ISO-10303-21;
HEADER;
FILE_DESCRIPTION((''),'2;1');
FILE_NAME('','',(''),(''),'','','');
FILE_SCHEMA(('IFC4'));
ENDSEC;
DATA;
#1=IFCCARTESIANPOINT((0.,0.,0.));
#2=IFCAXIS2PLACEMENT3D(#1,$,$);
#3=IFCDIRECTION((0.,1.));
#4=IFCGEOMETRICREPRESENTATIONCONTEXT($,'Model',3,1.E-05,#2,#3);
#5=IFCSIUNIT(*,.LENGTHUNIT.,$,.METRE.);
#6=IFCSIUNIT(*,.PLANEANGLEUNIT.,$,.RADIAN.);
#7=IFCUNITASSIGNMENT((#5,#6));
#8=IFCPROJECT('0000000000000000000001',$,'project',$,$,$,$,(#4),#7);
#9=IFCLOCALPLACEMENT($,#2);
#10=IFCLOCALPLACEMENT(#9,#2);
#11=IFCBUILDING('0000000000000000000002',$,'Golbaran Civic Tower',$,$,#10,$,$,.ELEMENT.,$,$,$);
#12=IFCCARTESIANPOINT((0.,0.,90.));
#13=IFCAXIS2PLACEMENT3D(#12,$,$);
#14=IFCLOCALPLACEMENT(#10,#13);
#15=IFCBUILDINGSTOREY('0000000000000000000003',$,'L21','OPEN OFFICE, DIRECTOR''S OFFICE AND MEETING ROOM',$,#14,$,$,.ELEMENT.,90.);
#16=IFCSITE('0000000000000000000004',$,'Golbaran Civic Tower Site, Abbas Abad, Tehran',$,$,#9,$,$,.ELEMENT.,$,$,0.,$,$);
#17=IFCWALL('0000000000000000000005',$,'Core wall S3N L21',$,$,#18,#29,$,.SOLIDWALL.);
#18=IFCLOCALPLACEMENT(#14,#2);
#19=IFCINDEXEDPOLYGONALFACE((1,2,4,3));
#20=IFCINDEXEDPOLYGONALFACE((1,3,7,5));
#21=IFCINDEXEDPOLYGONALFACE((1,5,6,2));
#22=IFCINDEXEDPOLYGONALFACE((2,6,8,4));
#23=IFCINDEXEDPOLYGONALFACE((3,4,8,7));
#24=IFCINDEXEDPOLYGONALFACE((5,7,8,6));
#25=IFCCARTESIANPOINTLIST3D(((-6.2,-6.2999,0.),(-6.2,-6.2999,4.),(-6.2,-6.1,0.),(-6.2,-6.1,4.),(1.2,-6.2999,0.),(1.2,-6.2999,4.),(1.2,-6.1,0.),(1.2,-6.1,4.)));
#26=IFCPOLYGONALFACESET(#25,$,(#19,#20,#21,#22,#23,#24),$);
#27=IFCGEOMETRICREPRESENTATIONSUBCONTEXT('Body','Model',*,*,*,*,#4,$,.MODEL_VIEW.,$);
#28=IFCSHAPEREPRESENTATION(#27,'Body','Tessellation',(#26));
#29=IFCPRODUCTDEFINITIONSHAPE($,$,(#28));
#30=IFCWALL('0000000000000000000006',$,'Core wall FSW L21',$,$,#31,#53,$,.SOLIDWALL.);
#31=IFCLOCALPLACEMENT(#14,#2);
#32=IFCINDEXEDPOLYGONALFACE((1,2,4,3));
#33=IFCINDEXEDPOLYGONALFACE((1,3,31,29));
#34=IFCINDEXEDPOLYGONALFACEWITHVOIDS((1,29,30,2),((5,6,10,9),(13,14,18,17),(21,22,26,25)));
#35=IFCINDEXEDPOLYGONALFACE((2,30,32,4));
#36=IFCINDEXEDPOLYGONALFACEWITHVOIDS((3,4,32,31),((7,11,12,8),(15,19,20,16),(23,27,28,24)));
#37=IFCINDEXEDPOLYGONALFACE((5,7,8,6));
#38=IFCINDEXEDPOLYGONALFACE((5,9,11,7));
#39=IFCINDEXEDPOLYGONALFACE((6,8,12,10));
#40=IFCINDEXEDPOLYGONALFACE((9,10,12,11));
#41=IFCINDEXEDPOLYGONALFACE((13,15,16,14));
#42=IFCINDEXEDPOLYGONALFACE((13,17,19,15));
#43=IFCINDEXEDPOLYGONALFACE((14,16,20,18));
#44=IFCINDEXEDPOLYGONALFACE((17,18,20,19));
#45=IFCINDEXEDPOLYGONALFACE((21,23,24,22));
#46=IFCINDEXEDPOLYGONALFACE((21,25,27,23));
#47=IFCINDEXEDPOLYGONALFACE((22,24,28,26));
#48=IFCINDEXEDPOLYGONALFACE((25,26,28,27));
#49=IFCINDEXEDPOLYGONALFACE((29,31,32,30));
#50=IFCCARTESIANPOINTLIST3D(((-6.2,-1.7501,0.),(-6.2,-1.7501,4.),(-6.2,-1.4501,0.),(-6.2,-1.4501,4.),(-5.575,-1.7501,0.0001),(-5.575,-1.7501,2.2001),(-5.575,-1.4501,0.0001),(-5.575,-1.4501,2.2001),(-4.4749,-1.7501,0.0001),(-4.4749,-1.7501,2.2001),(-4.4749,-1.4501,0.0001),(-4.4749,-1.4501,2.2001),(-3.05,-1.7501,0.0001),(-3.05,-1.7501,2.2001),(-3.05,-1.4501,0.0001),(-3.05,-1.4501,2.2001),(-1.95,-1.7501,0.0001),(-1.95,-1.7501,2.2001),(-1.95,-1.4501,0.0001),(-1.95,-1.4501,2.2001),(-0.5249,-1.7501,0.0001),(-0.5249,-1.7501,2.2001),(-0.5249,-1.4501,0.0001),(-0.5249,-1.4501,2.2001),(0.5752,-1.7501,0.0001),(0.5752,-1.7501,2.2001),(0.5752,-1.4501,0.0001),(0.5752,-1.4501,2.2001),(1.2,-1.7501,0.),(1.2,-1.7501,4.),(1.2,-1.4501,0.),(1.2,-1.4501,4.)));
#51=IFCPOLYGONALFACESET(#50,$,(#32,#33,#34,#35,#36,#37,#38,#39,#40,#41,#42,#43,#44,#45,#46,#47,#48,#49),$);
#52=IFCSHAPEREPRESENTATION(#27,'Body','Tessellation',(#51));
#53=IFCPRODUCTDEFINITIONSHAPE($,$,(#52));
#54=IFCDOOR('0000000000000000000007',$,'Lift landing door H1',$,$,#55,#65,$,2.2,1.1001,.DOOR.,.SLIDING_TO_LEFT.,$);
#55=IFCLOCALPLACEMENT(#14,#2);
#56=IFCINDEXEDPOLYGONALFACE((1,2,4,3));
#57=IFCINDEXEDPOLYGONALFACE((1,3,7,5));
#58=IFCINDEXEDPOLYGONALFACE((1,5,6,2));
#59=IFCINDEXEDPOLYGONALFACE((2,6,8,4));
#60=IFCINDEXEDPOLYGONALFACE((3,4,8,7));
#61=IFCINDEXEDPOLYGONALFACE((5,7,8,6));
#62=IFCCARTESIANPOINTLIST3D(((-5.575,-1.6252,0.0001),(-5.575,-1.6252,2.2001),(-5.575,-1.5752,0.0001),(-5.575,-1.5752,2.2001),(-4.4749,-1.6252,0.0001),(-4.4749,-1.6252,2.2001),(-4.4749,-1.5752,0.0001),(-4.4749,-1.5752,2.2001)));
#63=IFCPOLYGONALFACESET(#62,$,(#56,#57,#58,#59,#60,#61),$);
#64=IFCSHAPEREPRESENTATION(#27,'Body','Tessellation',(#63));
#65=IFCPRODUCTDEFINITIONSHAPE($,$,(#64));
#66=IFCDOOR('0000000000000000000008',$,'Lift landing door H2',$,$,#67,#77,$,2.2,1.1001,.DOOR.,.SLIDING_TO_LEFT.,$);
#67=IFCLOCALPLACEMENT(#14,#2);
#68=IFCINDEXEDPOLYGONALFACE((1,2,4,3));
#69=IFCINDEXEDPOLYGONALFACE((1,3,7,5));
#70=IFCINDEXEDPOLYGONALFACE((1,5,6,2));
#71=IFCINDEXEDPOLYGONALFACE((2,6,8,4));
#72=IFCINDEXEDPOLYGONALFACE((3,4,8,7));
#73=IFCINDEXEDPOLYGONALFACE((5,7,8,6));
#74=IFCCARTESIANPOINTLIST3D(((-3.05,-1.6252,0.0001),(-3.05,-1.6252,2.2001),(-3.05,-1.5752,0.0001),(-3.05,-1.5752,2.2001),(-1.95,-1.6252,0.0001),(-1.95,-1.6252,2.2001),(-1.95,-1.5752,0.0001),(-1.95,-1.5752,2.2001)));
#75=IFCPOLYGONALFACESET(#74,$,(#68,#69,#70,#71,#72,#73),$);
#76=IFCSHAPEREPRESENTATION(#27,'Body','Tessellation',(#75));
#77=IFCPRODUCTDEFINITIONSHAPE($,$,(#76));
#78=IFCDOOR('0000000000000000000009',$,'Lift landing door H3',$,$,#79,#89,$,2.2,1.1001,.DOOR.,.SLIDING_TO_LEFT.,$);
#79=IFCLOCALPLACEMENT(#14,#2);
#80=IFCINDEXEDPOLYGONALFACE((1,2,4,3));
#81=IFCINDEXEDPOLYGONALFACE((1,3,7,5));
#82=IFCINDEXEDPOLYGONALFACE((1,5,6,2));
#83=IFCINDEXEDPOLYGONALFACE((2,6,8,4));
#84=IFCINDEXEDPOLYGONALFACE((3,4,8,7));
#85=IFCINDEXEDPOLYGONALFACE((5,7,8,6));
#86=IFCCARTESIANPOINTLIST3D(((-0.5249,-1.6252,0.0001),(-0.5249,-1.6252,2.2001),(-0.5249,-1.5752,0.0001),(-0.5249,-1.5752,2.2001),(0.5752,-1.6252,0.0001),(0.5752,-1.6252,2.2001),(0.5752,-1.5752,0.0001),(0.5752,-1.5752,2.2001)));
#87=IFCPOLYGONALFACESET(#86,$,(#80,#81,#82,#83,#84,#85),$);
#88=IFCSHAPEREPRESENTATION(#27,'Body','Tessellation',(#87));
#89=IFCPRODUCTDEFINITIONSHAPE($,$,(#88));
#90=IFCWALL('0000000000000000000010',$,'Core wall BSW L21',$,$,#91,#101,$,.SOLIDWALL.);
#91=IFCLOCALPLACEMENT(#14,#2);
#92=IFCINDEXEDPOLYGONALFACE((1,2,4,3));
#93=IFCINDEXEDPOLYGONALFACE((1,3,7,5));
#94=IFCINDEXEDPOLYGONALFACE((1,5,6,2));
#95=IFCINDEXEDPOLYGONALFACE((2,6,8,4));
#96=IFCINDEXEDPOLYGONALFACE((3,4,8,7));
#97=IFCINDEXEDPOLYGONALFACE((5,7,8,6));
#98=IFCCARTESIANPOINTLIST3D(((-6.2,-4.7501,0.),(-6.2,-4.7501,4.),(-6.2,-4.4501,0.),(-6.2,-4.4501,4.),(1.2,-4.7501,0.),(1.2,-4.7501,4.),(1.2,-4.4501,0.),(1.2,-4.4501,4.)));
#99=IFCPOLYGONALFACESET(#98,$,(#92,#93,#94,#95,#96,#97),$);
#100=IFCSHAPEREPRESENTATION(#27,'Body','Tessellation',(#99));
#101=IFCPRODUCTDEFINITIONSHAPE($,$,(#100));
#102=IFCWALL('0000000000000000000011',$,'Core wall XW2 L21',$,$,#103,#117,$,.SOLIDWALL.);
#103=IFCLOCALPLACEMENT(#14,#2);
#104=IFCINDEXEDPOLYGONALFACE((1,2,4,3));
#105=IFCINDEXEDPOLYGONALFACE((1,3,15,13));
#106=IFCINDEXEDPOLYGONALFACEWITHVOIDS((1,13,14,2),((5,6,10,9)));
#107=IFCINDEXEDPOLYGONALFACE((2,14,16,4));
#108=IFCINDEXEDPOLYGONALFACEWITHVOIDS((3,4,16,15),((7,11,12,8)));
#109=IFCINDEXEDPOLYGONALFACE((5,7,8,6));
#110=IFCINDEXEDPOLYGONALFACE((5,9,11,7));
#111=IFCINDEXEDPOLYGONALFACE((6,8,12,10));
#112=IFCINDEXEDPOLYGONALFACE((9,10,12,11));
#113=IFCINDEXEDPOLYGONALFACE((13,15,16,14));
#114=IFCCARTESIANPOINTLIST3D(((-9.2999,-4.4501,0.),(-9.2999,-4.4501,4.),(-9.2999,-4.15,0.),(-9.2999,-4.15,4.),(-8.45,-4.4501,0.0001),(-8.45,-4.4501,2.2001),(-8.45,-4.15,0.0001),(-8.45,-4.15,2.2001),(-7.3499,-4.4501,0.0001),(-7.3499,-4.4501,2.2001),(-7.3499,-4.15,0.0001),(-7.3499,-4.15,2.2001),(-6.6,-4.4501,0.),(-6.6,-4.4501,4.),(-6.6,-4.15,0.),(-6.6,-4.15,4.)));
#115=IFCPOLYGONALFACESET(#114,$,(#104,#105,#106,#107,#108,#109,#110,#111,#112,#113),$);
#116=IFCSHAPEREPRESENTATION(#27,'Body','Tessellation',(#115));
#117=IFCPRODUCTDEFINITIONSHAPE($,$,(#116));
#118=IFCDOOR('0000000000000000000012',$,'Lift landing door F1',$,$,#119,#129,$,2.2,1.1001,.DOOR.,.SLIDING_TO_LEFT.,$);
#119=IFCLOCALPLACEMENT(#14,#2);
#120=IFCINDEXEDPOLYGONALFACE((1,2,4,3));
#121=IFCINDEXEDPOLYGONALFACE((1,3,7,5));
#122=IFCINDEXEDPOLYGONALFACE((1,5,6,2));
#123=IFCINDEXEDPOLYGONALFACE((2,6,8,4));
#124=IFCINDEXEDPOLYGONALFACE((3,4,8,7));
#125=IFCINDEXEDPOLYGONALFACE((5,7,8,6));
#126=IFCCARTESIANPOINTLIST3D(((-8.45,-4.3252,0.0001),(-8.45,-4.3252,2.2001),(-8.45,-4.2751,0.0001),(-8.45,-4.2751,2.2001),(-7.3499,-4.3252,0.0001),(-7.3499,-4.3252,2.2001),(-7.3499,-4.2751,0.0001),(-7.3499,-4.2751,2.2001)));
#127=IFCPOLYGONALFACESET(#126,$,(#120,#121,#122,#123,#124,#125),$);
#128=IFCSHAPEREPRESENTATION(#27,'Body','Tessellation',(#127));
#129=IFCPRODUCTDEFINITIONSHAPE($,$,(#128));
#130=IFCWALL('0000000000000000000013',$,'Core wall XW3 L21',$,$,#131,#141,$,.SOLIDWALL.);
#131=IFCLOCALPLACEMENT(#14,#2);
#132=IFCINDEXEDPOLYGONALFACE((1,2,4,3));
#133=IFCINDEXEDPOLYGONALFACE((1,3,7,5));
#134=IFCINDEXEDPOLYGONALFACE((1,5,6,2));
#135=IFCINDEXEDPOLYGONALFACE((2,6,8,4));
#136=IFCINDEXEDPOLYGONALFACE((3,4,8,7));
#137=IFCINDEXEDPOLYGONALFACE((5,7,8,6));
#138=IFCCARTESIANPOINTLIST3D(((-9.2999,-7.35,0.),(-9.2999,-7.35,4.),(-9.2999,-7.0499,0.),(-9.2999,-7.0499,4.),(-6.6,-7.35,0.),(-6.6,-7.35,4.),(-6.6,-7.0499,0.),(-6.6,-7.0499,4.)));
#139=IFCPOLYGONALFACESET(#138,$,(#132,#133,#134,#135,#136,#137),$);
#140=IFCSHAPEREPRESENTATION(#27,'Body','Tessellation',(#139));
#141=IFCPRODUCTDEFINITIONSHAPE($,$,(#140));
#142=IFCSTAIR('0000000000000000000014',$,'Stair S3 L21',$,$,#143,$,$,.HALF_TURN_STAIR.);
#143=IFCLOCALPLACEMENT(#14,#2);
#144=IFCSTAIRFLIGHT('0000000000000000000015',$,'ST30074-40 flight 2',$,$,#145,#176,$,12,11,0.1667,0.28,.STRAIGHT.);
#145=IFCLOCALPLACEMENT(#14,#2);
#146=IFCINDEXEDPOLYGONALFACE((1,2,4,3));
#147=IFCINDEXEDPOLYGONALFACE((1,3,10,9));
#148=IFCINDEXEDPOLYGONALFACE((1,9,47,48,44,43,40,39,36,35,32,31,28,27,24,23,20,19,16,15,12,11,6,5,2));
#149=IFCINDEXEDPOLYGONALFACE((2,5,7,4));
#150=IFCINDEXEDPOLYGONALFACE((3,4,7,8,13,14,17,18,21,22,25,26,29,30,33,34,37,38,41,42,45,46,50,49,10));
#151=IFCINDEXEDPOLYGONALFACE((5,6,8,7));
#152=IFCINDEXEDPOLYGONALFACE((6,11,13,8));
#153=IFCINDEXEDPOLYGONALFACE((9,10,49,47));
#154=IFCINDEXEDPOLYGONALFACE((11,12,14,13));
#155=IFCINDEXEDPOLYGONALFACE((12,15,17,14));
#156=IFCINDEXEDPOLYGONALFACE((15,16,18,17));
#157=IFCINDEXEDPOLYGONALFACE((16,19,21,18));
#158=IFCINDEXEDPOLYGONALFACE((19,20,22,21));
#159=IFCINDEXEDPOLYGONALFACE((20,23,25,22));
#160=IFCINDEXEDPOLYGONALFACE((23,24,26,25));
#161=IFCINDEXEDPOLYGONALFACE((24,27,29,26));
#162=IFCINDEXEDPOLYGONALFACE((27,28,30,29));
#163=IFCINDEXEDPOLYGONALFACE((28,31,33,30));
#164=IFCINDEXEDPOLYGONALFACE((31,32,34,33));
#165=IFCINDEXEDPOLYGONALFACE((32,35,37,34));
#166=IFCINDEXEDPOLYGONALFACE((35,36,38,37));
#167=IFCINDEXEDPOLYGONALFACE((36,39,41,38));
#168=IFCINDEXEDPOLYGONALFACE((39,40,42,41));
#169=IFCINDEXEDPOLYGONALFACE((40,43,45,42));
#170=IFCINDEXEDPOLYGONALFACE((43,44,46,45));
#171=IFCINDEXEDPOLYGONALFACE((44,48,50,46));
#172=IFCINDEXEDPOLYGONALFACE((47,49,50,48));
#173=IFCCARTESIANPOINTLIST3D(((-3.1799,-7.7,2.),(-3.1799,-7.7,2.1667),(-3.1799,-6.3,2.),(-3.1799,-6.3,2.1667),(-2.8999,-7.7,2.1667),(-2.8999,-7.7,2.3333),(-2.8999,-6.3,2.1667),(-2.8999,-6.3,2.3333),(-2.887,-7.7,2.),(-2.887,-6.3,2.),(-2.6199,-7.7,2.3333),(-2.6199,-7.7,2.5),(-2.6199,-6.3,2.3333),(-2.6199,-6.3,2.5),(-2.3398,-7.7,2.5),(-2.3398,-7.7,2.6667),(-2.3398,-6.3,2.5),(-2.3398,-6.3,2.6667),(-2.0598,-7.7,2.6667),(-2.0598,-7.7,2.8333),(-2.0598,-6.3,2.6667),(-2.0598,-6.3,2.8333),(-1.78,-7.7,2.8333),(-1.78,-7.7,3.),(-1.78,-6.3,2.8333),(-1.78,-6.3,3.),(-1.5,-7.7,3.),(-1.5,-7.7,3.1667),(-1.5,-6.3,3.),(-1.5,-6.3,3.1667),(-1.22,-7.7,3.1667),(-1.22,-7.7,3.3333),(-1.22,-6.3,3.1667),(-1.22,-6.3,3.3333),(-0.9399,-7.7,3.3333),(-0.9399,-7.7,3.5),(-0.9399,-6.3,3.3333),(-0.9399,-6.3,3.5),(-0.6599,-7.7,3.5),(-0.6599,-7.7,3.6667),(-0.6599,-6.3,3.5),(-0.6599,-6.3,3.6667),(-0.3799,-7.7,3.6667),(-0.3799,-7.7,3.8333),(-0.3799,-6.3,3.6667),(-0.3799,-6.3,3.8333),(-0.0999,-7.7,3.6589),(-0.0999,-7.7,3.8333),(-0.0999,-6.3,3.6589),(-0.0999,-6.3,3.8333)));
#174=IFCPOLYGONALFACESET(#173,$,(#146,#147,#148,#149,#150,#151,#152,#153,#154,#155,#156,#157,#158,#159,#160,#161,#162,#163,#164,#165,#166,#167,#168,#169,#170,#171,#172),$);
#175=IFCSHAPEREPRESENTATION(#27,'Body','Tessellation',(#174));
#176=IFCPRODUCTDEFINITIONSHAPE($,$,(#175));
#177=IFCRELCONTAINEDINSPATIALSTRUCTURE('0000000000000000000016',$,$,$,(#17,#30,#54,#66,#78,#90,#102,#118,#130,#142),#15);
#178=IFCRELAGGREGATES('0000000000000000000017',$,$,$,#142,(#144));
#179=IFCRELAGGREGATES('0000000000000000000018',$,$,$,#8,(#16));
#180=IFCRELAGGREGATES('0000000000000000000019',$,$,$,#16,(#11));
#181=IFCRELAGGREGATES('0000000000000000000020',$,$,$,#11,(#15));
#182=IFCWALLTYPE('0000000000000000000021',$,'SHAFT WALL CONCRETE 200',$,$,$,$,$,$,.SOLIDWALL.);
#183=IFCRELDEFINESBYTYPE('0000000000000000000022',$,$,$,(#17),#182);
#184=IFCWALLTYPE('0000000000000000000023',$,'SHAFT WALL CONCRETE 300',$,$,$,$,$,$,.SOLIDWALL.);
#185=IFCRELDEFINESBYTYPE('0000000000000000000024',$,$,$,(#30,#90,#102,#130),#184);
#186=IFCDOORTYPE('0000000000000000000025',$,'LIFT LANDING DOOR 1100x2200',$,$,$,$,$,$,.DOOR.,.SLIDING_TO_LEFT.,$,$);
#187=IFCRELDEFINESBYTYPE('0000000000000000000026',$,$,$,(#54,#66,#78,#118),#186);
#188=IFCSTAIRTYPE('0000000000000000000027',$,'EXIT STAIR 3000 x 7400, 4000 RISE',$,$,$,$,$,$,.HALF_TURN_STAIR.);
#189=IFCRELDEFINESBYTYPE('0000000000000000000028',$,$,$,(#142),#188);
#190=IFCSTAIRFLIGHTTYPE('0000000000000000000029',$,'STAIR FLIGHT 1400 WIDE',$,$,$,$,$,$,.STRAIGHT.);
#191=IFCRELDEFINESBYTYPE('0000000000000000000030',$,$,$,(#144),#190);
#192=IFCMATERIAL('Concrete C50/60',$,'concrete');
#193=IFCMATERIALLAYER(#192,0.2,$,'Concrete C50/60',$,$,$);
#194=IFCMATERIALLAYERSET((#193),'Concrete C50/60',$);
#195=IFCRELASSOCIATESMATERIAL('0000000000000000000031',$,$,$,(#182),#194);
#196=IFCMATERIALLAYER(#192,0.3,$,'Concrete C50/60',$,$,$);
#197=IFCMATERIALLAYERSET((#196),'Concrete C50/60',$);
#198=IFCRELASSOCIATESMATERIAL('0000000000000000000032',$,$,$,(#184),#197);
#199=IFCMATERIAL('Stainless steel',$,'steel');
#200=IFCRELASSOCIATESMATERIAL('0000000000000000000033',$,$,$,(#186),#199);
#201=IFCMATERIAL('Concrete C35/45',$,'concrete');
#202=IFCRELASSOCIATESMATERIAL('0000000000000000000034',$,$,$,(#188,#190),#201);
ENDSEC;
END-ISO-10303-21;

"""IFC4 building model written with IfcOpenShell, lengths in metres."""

from ifc_helpers import new_model, si_unit, direction, frame, frame_2d, origin, place, context, subcontext, project, spatial, polyline, rectangle, outline, extrude, material, layer, layer_set, type_object, element, fill, aggregate, save


model = new_model("IFC4")

# Units and contexts
model_context = context("Model", 3, precision=1e-05, world=origin(), true_north=direction((0.0, 1.0)))
body_context = subcontext(model_context, "Body", "Model", "MODEL_VIEW")
ifc_project = project(units=[si_unit("LENGTHUNIT", "METRE"), si_unit("PLANEANGLEUNIT", "RADIAN")], contexts=[model_context])

# Site, building, storey
site_placement = place(None, origin())
site = spatial("IfcSite", under=ifc_project, at=site_placement, Name="Golbaran Civic Tower Site, Abbas Abad, Tehran", CompositionType="ELEMENT", RefElevation=0.0)
building_placement = place(site_placement, origin())
building = spatial("IfcBuilding", under=site, at=building_placement, Name="Golbaran Civic Tower", CompositionType="ELEMENT")
storey_placement = place(building_placement, frame((0.0, 0.0, 90.0)))
storey = spatial("IfcBuildingStorey", under=building, at=storey_placement, Name="L21", Description="OPEN OFFICE, DIRECTOR'S OFFICE AND MEETING ROOM", CompositionType="ELEMENT", Elevation=90.0)

# Wall
ifc_material_1 = material(Name="Concrete C50/60", Category="concrete")
ifc_layer_1 = layer(ifc_material_1, 0.2, Name="Concrete C50/60")
ifc_layer_set_1 = layer_set([ifc_layer_1], Name="Concrete C50/60")
wall_type_1 = type_object("IfcWallType", Name="SHAFT WALL CONCRETE 200", PredefinedType="SOLIDWALL", material=ifc_layer_set_1)
wall_1_placement = place(storey_placement, frame((-6.2, -6.2, 0.0), z_axis=(0.0, 0.0, 1.0), x_axis=(1.0, 0.0, 0.0)))
element("IfcWall", 1, at=wall_1_placement, inside=storey, type_object=wall_type_1, Name="Core wall S3N L21", PredefinedType="SOLIDWALL", context=body_context, shape_type="SweptSolid", body=[
    extrude(rectangle(XDim=7.3999, YDim=0.2, at=frame_2d((3.7, 0.0))), origin(), (0.0, 0.0, 1.0), 4.0),
])

# Wall, openings, doors
ifc_layer_2 = layer(ifc_material_1, 0.3, Name="Concrete C50/60")
ifc_layer_set_2 = layer_set([ifc_layer_2], Name="Concrete C50/60")
wall_type_2 = type_object("IfcWallType", Name="SHAFT WALL CONCRETE 300", PredefinedType="SOLIDWALL", material=ifc_layer_set_2)
wall_2_placement = place(storey_placement, frame((-6.2, -1.6001, 0.0), z_axis=(0.0, 0.0, 1.0), x_axis=(1.0, 0.0, 0.0)))
wall_2 = element("IfcWall", 2, at=wall_2_placement, inside=storey, type_object=wall_type_2, Name="Core wall FSW L21", PredefinedType="SOLIDWALL", context=body_context, shape_type="SweptSolid", body=[
    extrude(rectangle(XDim=7.3999, YDim=0.3, at=frame_2d((3.7, 0.0))), origin(), (0.0, 0.0, 1.0), 4.0),
])
opening_1_placement = place(wall_2_placement, frame((0.625, 0.0, 0.0)))
opening_1 = element("IfcOpeningElement", 3, at=opening_1_placement, cuts=wall_2, PredefinedType="OPENING", context=body_context, shape_type="SweptSolid", body=[
    extrude(rectangle(XDim=1.1001, YDim=2.2, at=frame_2d((0.55, 1.1001))), frame((0.0, 0.1599, 0.0), z_axis=(0.0, -1.0, 0.0), x_axis=(1.0, 0.0, 0.0)), (0.0, 0.0, 1.0), 0.3201),
])
opening_2_placement = place(wall_2_placement, frame((3.1499, 0.0, 0.0)))
opening_2 = element("IfcOpeningElement", 4, at=opening_2_placement, cuts=wall_2, PredefinedType="OPENING", context=body_context, shape_type="SweptSolid", body=[
    extrude(rectangle(XDim=1.1001, YDim=2.2, at=frame_2d((0.55, 1.1001))), frame((0.0, 0.1599, 0.0), z_axis=(0.0, -1.0, 0.0), x_axis=(1.0, 0.0, 0.0)), (0.0, 0.0, 1.0), 0.3201),
])
opening_3_placement = place(wall_2_placement, frame((5.675, 0.0, 0.0)))
opening_3 = element("IfcOpeningElement", 5, at=opening_3_placement, cuts=wall_2, PredefinedType="OPENING", context=body_context, shape_type="SweptSolid", body=[
    extrude(rectangle(XDim=1.1001, YDim=2.2, at=frame_2d((0.55, 1.1001))), frame((0.0, 0.1599, 0.0), z_axis=(0.0, -1.0, 0.0), x_axis=(1.0, 0.0, 0.0)), (0.0, 0.0, 1.0), 0.3201),
])
ifc_material_2 = material(Name="Stainless steel", Category="steel")
door_type_1 = type_object("IfcDoorType", Name="LIFT LANDING DOOR 1100x2200", OperationType="SLIDING_TO_LEFT", PredefinedType="DOOR", material=ifc_material_2)
door_1_placement = place(opening_1_placement, origin())
door_1 = element("IfcDoor", 6, at=door_1_placement, inside=storey, type_object=door_type_1, Name="Lift landing door H1", OperationType="SLIDING_TO_LEFT", OverallHeight=2.2, OverallWidth=1.1001, PredefinedType="DOOR", context=body_context, shape_type="SweptSolid", body=[
    extrude(rectangle(XDim=1.1001, YDim=2.2, at=frame_2d((0.55, 1.1001))), frame((0.0, 0.0249, 0.0), z_axis=(0.0, -1.0, 0.0), x_axis=(1.0, 0.0, 0.0)), (0.0, 0.0, 1.0), 0.05),
])
fill(opening_1, door_1)
door_2_placement = place(opening_2_placement, origin())
door_2 = element("IfcDoor", 7, at=door_2_placement, inside=storey, type_object=door_type_1, Name="Lift landing door H2", OperationType="SLIDING_TO_LEFT", OverallHeight=2.2, OverallWidth=1.1001, PredefinedType="DOOR", context=body_context, shape_type="SweptSolid", body=[
    extrude(rectangle(XDim=1.1001, YDim=2.2, at=frame_2d((0.55, 1.1001))), frame((0.0, 0.0249, 0.0), z_axis=(0.0, -1.0, 0.0), x_axis=(1.0, 0.0, 0.0)), (0.0, 0.0, 1.0), 0.05),
])
fill(opening_2, door_2)
door_3_placement = place(opening_3_placement, origin())
door_3 = element("IfcDoor", 8, at=door_3_placement, inside=storey, type_object=door_type_1, Name="Lift landing door H3", OperationType="SLIDING_TO_LEFT", OverallHeight=2.2, OverallWidth=1.1001, PredefinedType="DOOR", context=body_context, shape_type="SweptSolid", body=[
    extrude(rectangle(XDim=1.1001, YDim=2.2, at=frame_2d((0.55, 1.1001))), frame((0.0, 0.0249, 0.0), z_axis=(0.0, -1.0, 0.0), x_axis=(1.0, 0.0, 0.0)), (0.0, 0.0, 1.0), 0.05),
])
fill(opening_3, door_3)

# Wall
wall_3_placement = place(storey_placement, frame((-6.2, -4.6001, 0.0), z_axis=(0.0, 0.0, 1.0), x_axis=(1.0, 0.0, 0.0)))
element("IfcWall", 9, at=wall_3_placement, inside=storey, type_object=wall_type_2, Name="Core wall BSW L21", PredefinedType="SOLIDWALL", context=body_context, shape_type="SweptSolid", body=[
    extrude(rectangle(XDim=7.3999, YDim=0.3, at=frame_2d((3.7, 0.0))), origin(), (0.0, 0.0, 1.0), 4.0),
])

# Wall, opening, door
wall_4_placement = place(storey_placement, frame((-9.3, -4.3, 0.0), z_axis=(0.0, 0.0, 1.0), x_axis=(1.0, 0.0, 0.0)))
wall_4 = element("IfcWall", 10, at=wall_4_placement, inside=storey, type_object=wall_type_2, Name="Core wall XW2 L21", PredefinedType="SOLIDWALL", context=body_context, shape_type="SweptSolid", body=[
    extrude(rectangle(XDim=2.7, YDim=0.3, at=frame_2d((1.3501, 0.0))), origin(), (0.0, 0.0, 1.0), 4.0),
])
opening_4_placement = place(wall_4_placement, frame((0.8501, 0.0, 0.0)))
opening_4 = element("IfcOpeningElement", 11, at=opening_4_placement, cuts=wall_4, PredefinedType="OPENING", context=body_context, shape_type="SweptSolid", body=[
    extrude(rectangle(XDim=1.1001, YDim=2.2, at=frame_2d((0.55, 1.1001))), frame((0.0, 0.1599, 0.0), z_axis=(0.0, -1.0, 0.0), x_axis=(1.0, 0.0, 0.0)), (0.0, 0.0, 1.0), 0.3201),
])
door_4_placement = place(opening_4_placement, origin())
door_4 = element("IfcDoor", 12, at=door_4_placement, inside=storey, type_object=door_type_1, Name="Lift landing door F1", OperationType="SLIDING_TO_LEFT", OverallHeight=2.2, OverallWidth=1.1001, PredefinedType="DOOR", context=body_context, shape_type="SweptSolid", body=[
    extrude(rectangle(XDim=1.1001, YDim=2.2, at=frame_2d((0.55, 1.1001))), frame((0.0, 0.0249, 0.0), z_axis=(0.0, -1.0, 0.0), x_axis=(1.0, 0.0, 0.0)), (0.0, 0.0, 1.0), 0.05),
])
fill(opening_4, door_4)

# Wall
wall_5_placement = place(storey_placement, frame((-9.3, -7.2, 0.0), z_axis=(0.0, 0.0, 1.0), x_axis=(1.0, 0.0, 0.0)))
element("IfcWall", 13, at=wall_5_placement, inside=storey, type_object=wall_type_2, Name="Core wall XW3 L21", PredefinedType="SOLIDWALL", context=body_context, shape_type="SweptSolid", body=[
    extrude(rectangle(XDim=2.7, YDim=0.3, at=frame_2d((1.3501, 0.0))), origin(), (0.0, 0.0, 1.0), 4.0),
])

# Stair, stair flight
ifc_material_3 = material(Name="Concrete C35/45", Category="concrete")
stair_type = type_object("IfcStairType", Name="EXIT STAIR 3000 x 7400, 4000 RISE", PredefinedType="HALF_TURN_STAIR", material=ifc_material_3)
stair_placement = place(storey_placement, origin())
stair = element("IfcStair", 14, at=stair_placement, inside=storey, type_object=stair_type, Name="Stair S3 L21", PredefinedType="HALF_TURN_STAIR")
stair_flight_type = type_object("IfcStairFlightType", Name="STAIR FLIGHT 1400 WIDE", PredefinedType="STRAIGHT", material=ifc_material_3)
stair_flight_placement = place(storey_placement, frame((-3.1799, -7.0, 2.0), z_axis=(0.0, 0.0, 1.0), x_axis=(1.0, 0.0, 0.0)))
stair_flight = element("IfcStairFlight", 15, at=stair_flight_placement, type_object=stair_flight_type, Name="ST30074-40 flight 2", NumberOfRisers=12, NumberOfTreads=11, PredefinedType="STRAIGHT", RiserHeight=0.1667, TreadLength=0.28, context=body_context, shape_type="SweptSolid", body=[
    extrude(outline(polyline([(0.0, 0.0), (0.0, 0.1667), (0.28, 0.1667), (0.28, 0.3333), (0.5601, 0.3333), (0.5601, 0.5), (0.8401, 0.5), (0.8401, 0.6667), (1.1201, 0.6667), (1.1201, 0.8333), (1.3999, 0.8333), (1.3999, 1.0), (1.6799, 1.0), (1.6799, 1.1667), (1.96, 1.1667), (1.96, 1.3333), (2.24, 1.3333), (2.24, 1.5), (2.52, 1.5), (2.52, 1.6667), (2.8, 1.6667), (2.8, 1.8333), (3.0801, 1.8333), (3.0801, 2.0), (3.0801, 1.6589), (0.293, 0.0), (0.0, 0.0)])), frame((0.0, 0.7, 0.0), z_axis=(0.0, -1.0, 0.0), x_axis=(1.0, 0.0, 0.0)), (0.0, 0.0, 1.0), 1.3999),
])
aggregate(stair, [stair_flight])

save(model, "model.ifc")
